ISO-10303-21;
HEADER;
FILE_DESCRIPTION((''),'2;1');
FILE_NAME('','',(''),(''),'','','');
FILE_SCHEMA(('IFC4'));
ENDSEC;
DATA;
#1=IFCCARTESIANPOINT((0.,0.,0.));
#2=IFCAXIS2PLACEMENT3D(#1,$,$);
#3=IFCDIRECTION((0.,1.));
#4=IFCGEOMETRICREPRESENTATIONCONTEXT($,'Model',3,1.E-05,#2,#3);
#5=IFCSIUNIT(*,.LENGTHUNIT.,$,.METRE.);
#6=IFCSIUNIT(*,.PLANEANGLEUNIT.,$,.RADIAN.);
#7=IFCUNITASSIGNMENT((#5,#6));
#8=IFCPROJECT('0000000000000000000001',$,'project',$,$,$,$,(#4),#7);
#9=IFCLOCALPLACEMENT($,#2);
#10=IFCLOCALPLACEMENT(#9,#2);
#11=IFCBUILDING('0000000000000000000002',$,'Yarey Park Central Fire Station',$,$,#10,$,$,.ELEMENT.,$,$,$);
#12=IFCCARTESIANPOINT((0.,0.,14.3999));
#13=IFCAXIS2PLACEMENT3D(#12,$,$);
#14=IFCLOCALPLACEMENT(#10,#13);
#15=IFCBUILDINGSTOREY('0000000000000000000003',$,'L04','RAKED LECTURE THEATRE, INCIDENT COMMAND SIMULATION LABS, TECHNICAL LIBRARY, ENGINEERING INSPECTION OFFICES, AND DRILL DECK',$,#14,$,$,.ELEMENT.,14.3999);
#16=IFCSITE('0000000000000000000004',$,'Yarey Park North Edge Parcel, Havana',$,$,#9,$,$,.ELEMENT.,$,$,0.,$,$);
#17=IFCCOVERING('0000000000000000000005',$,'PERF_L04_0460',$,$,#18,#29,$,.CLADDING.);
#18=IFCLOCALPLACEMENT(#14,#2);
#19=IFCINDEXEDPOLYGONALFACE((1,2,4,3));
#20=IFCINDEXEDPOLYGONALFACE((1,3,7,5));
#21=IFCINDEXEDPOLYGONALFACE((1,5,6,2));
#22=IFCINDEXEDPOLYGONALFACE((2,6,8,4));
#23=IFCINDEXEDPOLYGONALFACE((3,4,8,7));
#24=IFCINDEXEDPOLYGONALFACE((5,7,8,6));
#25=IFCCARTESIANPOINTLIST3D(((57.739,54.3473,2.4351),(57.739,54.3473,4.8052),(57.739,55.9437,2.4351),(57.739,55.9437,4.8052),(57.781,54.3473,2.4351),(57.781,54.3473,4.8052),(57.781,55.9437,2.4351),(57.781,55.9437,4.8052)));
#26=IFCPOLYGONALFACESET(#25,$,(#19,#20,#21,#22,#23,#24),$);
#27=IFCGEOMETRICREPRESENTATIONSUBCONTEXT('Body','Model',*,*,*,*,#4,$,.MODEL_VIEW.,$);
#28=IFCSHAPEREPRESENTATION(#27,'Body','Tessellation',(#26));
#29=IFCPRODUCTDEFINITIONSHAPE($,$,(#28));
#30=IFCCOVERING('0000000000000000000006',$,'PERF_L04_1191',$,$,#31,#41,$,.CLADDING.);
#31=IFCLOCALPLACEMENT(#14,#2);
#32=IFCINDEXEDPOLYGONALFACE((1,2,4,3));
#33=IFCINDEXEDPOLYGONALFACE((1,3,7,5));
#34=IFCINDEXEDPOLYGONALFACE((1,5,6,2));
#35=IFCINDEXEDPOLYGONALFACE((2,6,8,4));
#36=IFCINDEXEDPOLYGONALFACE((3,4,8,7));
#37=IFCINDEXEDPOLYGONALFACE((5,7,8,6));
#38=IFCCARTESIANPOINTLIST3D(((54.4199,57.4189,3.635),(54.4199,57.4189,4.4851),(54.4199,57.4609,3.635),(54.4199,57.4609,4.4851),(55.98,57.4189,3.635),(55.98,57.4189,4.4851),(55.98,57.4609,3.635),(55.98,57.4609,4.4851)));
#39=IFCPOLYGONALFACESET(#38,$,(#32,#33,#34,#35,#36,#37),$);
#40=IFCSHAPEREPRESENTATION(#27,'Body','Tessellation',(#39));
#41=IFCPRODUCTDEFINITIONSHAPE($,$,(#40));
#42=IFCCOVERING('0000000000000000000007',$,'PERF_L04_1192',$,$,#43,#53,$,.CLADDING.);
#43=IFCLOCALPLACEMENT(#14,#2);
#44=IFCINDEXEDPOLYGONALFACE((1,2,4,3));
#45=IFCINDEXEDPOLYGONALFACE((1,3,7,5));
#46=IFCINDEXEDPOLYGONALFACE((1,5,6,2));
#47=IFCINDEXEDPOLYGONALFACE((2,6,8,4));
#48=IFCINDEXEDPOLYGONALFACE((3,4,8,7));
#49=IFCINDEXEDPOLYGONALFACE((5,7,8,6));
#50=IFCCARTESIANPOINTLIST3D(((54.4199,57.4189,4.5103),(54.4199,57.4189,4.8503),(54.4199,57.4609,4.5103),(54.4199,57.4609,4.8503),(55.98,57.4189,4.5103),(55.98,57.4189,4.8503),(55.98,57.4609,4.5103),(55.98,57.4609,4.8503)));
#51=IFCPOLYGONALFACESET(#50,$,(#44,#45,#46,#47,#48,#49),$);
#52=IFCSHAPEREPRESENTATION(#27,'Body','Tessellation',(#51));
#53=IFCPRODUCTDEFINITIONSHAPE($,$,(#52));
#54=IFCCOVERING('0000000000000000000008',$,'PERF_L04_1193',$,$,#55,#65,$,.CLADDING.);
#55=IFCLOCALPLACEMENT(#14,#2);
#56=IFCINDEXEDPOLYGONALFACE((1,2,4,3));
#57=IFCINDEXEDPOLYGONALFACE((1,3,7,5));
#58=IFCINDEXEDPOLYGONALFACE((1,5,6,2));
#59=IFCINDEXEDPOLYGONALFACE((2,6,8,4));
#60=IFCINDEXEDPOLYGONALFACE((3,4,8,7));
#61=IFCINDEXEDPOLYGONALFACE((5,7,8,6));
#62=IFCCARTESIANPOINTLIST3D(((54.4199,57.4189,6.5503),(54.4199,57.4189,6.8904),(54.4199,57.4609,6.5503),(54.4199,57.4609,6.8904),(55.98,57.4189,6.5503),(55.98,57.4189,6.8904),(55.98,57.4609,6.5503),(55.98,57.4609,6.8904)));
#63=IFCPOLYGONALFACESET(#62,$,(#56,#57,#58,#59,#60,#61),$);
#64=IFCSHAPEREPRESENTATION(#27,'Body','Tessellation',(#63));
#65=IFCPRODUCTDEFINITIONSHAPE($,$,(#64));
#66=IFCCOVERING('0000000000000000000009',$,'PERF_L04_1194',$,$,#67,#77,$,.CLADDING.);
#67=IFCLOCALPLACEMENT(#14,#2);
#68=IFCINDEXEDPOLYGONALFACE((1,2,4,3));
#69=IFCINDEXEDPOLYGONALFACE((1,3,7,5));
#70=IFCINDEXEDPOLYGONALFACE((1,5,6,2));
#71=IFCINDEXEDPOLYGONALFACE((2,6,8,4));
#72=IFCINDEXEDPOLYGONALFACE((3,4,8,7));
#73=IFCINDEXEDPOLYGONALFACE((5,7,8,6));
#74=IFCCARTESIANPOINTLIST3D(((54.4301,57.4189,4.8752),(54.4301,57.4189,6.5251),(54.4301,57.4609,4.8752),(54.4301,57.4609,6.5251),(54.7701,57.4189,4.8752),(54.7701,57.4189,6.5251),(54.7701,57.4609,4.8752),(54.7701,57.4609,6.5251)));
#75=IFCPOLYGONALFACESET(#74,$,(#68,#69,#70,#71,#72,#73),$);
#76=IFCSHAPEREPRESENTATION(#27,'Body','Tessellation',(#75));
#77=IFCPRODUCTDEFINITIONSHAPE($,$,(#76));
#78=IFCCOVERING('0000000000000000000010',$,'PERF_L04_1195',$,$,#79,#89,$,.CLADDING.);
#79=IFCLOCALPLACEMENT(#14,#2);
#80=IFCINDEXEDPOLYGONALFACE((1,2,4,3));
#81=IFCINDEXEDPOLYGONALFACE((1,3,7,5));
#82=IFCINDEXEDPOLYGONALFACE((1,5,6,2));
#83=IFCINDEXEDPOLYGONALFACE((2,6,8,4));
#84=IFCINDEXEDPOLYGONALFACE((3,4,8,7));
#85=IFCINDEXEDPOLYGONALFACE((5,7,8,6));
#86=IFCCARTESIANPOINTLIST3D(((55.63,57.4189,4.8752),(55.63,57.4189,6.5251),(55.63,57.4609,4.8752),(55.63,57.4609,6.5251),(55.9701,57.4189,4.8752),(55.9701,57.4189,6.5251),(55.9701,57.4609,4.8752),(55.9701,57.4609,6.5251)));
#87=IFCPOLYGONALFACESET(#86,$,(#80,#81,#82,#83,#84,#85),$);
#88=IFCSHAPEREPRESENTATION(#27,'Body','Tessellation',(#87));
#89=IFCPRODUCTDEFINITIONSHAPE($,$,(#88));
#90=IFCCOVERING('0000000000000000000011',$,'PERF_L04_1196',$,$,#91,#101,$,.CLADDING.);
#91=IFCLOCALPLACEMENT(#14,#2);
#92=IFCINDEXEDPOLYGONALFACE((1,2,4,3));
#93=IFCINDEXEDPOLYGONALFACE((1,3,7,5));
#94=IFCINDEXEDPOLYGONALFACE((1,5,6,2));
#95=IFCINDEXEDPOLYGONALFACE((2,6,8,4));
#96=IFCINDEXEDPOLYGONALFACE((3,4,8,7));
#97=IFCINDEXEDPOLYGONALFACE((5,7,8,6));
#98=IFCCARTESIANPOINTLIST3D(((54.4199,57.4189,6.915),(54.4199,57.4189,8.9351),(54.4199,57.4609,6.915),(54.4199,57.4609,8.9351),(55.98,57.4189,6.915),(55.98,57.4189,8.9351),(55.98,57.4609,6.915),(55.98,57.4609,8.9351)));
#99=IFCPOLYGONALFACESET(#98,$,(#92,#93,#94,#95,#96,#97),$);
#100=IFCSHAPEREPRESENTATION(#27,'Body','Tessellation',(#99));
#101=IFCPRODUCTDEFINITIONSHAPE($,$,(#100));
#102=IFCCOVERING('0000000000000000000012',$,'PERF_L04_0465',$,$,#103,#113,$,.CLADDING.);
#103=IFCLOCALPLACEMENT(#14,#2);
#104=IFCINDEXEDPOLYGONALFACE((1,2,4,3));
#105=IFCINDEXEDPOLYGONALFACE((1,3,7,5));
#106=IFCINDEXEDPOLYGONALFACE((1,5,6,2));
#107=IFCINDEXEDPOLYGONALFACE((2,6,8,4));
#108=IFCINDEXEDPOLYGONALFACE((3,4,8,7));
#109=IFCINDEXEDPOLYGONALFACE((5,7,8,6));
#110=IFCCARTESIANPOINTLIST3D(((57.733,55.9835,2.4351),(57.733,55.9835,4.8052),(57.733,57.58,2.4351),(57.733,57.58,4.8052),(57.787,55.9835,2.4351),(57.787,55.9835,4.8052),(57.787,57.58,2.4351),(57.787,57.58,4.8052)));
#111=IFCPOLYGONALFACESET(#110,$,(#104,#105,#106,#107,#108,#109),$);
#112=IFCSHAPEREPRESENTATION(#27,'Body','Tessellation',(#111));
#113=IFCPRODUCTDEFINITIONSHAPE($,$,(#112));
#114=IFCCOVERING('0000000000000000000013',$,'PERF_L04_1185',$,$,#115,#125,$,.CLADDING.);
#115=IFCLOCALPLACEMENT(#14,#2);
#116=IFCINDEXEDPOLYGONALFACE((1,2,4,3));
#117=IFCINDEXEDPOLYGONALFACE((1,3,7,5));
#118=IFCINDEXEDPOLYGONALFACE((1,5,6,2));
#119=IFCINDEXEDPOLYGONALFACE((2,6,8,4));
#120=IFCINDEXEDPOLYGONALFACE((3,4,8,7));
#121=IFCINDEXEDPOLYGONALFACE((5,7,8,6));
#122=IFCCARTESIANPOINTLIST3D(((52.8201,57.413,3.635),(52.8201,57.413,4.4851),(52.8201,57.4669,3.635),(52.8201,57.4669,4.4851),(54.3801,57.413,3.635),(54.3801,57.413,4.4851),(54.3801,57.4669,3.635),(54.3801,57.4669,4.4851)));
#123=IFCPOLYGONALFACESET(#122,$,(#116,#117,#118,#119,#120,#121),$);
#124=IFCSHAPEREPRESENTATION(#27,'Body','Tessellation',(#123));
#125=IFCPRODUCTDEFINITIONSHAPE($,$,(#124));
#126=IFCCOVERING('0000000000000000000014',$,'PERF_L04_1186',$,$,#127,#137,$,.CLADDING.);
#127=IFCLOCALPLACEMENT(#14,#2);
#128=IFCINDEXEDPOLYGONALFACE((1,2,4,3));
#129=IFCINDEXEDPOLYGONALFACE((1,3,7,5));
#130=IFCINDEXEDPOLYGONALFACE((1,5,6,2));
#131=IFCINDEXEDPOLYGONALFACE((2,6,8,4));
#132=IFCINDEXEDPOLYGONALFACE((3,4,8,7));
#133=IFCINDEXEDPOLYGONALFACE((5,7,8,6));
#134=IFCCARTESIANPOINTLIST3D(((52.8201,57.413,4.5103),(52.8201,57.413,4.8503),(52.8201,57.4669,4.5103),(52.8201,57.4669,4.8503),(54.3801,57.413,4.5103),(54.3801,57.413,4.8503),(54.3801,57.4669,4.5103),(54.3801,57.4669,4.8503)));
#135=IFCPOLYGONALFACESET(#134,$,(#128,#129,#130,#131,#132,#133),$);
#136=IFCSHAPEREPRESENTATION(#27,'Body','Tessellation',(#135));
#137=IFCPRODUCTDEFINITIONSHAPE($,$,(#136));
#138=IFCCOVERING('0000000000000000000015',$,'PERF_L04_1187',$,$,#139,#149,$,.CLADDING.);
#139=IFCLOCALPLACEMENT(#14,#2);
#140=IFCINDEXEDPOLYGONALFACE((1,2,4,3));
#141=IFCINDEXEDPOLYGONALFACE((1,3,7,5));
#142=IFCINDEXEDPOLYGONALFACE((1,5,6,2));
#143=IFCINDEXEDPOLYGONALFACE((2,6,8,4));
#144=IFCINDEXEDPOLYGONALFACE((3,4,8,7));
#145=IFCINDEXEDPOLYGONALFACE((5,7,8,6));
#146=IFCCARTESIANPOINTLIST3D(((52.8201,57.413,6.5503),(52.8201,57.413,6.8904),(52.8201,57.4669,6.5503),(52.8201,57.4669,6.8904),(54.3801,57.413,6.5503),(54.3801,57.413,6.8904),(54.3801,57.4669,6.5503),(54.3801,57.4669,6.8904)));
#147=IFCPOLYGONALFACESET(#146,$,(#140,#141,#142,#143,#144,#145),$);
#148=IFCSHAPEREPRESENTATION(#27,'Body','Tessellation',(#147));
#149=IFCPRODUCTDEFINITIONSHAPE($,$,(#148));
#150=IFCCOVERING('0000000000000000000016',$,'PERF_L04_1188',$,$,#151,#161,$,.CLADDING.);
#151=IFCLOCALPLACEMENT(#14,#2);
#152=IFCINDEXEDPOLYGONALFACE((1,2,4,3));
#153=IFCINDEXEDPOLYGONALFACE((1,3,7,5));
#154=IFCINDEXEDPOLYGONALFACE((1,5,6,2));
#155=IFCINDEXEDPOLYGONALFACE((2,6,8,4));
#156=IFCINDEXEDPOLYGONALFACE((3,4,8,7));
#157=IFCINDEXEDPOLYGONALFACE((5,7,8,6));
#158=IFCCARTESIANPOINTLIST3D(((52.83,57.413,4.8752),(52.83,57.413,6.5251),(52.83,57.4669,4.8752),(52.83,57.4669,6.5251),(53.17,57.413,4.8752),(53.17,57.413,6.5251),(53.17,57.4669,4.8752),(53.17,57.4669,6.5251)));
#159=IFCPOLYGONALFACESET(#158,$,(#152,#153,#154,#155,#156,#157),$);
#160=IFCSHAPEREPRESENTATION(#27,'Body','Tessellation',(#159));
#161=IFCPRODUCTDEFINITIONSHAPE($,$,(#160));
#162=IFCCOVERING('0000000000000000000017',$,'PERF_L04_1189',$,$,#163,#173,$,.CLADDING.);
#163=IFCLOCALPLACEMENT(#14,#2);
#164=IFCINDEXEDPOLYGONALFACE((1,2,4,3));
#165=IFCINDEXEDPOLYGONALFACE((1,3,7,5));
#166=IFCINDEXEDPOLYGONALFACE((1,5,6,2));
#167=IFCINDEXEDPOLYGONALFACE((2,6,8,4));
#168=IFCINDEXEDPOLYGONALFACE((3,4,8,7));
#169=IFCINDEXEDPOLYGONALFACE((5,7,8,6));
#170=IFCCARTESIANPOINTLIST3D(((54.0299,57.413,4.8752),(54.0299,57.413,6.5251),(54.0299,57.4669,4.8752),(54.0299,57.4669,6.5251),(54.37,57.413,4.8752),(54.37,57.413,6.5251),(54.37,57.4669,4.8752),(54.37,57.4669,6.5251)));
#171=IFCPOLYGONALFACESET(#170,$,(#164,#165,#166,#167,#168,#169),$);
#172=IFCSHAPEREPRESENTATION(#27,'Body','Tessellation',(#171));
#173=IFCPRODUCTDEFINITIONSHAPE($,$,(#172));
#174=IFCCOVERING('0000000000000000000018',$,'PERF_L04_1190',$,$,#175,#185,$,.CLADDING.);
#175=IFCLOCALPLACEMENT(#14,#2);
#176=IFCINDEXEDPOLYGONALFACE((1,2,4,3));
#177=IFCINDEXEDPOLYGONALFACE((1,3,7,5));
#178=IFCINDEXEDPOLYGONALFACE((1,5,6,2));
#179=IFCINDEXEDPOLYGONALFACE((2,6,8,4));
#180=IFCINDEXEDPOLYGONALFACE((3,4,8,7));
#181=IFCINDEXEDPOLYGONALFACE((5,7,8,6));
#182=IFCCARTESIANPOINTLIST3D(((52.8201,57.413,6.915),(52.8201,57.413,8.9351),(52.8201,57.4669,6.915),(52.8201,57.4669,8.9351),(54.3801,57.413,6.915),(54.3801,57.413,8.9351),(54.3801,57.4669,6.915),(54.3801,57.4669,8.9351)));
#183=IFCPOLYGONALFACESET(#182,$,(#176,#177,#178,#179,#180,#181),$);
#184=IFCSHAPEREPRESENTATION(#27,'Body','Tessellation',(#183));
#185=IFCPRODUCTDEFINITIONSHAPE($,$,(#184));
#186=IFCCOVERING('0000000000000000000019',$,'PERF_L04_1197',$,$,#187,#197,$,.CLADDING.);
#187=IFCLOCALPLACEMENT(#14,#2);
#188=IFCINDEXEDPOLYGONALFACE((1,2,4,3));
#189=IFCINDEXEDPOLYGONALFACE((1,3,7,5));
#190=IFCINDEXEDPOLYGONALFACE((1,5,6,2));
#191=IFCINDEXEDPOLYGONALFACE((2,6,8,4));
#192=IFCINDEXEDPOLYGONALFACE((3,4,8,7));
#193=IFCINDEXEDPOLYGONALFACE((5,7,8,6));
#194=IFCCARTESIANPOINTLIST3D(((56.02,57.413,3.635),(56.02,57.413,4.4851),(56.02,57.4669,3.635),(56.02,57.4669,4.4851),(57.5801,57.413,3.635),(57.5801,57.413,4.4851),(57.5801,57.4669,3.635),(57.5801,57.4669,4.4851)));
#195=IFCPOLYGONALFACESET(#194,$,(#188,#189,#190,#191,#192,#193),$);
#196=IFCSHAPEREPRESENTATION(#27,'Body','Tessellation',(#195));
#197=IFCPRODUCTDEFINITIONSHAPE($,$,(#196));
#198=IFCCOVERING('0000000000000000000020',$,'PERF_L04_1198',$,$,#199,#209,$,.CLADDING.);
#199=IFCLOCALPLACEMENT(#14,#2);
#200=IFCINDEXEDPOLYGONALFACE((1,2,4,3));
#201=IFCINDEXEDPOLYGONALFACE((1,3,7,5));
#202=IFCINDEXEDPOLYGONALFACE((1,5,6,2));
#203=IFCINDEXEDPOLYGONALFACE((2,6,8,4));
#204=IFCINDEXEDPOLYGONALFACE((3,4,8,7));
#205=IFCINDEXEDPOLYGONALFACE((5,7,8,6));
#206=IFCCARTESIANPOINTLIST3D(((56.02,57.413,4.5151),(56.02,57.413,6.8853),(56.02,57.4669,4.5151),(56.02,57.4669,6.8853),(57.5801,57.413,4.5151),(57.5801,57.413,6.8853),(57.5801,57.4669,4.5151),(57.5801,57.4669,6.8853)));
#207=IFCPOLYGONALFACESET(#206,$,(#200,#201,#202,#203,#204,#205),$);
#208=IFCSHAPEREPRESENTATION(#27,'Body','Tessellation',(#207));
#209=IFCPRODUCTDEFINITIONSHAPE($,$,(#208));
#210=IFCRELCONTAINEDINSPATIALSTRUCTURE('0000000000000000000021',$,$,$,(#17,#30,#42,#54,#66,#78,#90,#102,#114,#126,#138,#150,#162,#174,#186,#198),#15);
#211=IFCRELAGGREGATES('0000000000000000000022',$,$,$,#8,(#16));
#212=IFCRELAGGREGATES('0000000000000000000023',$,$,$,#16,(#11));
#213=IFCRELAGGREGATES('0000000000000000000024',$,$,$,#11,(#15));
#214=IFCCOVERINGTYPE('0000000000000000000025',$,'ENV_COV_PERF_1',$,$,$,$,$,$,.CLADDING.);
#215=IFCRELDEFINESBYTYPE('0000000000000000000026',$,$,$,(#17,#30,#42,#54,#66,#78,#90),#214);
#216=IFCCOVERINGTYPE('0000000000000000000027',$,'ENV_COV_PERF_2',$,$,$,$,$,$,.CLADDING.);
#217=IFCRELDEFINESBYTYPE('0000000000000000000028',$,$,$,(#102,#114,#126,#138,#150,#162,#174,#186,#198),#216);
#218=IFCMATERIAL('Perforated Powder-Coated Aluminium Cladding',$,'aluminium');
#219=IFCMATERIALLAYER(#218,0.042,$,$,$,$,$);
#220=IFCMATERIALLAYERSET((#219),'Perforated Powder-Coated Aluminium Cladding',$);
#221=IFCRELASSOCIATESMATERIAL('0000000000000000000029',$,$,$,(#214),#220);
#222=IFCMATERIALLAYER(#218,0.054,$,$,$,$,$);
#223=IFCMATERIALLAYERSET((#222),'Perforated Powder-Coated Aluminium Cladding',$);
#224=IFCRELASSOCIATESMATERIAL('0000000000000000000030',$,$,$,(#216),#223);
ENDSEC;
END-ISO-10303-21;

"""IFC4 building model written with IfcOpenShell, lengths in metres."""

from ifc_helpers import new_model, si_unit, direction, frame, origin, origin_2d, place, context, subcontext, project, spatial, rectangle, extrude, material, layer, layer_set, type_object, element, save


model = new_model("IFC4")

# Units and contexts
model_context = context("Model", 3, precision=1e-05, world=origin(), true_north=direction((0.0, 1.0)))
body_context = subcontext(model_context, "Body", "Model", "MODEL_VIEW")
ifc_project = project(units=[si_unit("LENGTHUNIT", "METRE"), si_unit("PLANEANGLEUNIT", "RADIAN")], contexts=[model_context])

# Site, building, storey
site_placement = place(None, origin())
site = spatial("IfcSite", under=ifc_project, at=site_placement, Name="Yarey Park North Edge Parcel, Havana", CompositionType="ELEMENT", RefElevation=0.0)
building_placement = place(site_placement, origin())
building = spatial("IfcBuilding", under=site, at=building_placement, Name="Yarey Park Central Fire Station", CompositionType="ELEMENT")
storey_placement = place(building_placement, frame((0.0, 0.0, 14.3999)))
storey = spatial("IfcBuildingStorey", under=building, at=storey_placement, Name="L04", Description="RAKED LECTURE THEATRE, INCIDENT COMMAND SIMULATION LABS, TECHNICAL LIBRARY, ENGINEERING INSPECTION OFFICES, AND DRILL DECK", CompositionType="ELEMENT", Elevation=14.3999)

# Coverings
ifc_material_1 = material(Name="Perforated Powder-Coated Aluminium Cladding", Category="aluminium")
ifc_layer_1 = layer(ifc_material_1, 0.042)
ifc_layer_set_1 = layer_set([ifc_layer_1], Name="Perforated Powder-Coated Aluminium Cladding")
covering_type_1 = type_object("IfcCoveringType", Name="ENV_COV_PERF_1", PredefinedType="CLADDING", material=ifc_layer_set_1)
covering_1_placement = place(storey_placement, frame((57.76, 55.1455, 2.4351), z_axis=(0.0, 0.0, 1.0), x_axis=(0.0, 1.0, 0.0)))
element("IfcCovering", 1, at=covering_1_placement, inside=storey, type_object=covering_type_1, Name="PERF_L04_0460", PredefinedType="CLADDING", context=body_context, shape_type="SweptSolid", body=[
    extrude(rectangle(XDim=1.5964, YDim=0.042, at=origin_2d()), origin(), (0.0, 0.0, 1.0), 2.3701),
])
covering_2_placement = place(storey_placement, frame((55.2, 57.4399, 3.635), z_axis=(0.0, 0.0, 1.0), x_axis=(1.0, 0.0, 0.0)))
element("IfcCovering", 2, at=covering_2_placement, inside=storey, type_object=covering_type_1, Name="PERF_L04_1191", PredefinedType="CLADDING", context=body_context, shape_type="SweptSolid", body=[
    extrude(rectangle(XDim=1.5601, YDim=0.042, at=origin_2d()), origin(), (0.0, 0.0, 1.0), 0.8501),
])
for number, where, z_axis, x_axis, name in (
    (3, (55.2, 57.4399, 4.5103), (0.0, 0.0, 1.0), (1.0, 0.0, 0.0), "PERF_L04_1192"),
    (4, (55.2, 57.4399, 6.5503), (0.0, 0.0, 1.0), (1.0, 0.0, 0.0), "PERF_L04_1193"),
):
    element("IfcCovering", number, at=place(storey_placement, frame(where, z_axis=z_axis, x_axis=x_axis)), inside=storey, type_object=covering_type_1, Name=name, PredefinedType="CLADDING", context=body_context, shape_type="SweptSolid", body=[
        extrude(rectangle(XDim=1.5601, YDim=0.042, at=origin_2d()), origin(), (0.0, 0.0, 1.0), 0.3401),
    ])
for number, where, z_axis, x_axis, name in (
    (5, (54.6001, 57.4399, 4.8752), (0.0, 0.0, 1.0), (1.0, 0.0, 0.0), "PERF_L04_1194"),
    (6, (55.8, 57.4399, 4.8752), (0.0, 0.0, 1.0), (1.0, 0.0, 0.0), "PERF_L04_1195"),
):
    element("IfcCovering", number, at=place(storey_placement, frame(where, z_axis=z_axis, x_axis=x_axis)), inside=storey, type_object=covering_type_1, Name=name, PredefinedType="CLADDING", context=body_context, shape_type="SweptSolid", body=[
        extrude(rectangle(XDim=0.3401, YDim=0.042, at=origin_2d()), origin(), (0.0, 0.0, 1.0), 1.6499),
    ])
covering_3_placement = place(storey_placement, frame((55.2, 57.4399, 6.915), z_axis=(0.0, 0.0, 1.0), x_axis=(1.0, 0.0, 0.0)))
element("IfcCovering", 7, at=covering_3_placement, inside=storey, type_object=covering_type_1, Name="PERF_L04_1196", PredefinedType="CLADDING", context=body_context, shape_type="SweptSolid", body=[
    extrude(rectangle(XDim=1.5601, YDim=0.042, at=origin_2d()), origin(), (0.0, 0.0, 1.0), 2.02),
])
ifc_layer_2 = layer(ifc_material_1, 0.054)
ifc_layer_set_2 = layer_set([ifc_layer_2], Name="Perforated Powder-Coated Aluminium Cladding")
covering_type_2 = type_object("IfcCoveringType", Name="ENV_COV_PERF_2", PredefinedType="CLADDING", material=ifc_layer_set_2)
covering_4_placement = place(storey_placement, frame((57.76, 56.7817, 2.4351), z_axis=(0.0, 0.0, 1.0), x_axis=(0.0, 1.0, 0.0)))
element("IfcCovering", 8, at=covering_4_placement, inside=storey, type_object=covering_type_2, Name="PERF_L04_0465", PredefinedType="CLADDING", context=body_context, shape_type="SweptSolid", body=[
    extrude(rectangle(XDim=1.5964, YDim=0.054, at=origin_2d()), origin(), (0.0, 0.0, 1.0), 2.3701),
])
covering_5_placement = place(storey_placement, frame((53.6001, 57.4399, 3.635), z_axis=(0.0, 0.0, 1.0), x_axis=(1.0, 0.0, 0.0)))
element("IfcCovering", 9, at=covering_5_placement, inside=storey, type_object=covering_type_2, Name="PERF_L04_1185", PredefinedType="CLADDING", context=body_context, shape_type="SweptSolid", body=[
    extrude(rectangle(XDim=1.5601, YDim=0.054, at=origin_2d()), origin(), (0.0, 0.0, 1.0), 0.8501),
])
for number, where, z_axis, x_axis, name in (
    (10, (53.6001, 57.4399, 4.5103), (0.0, 0.0, 1.0), (1.0, 0.0, 0.0), "PERF_L04_1186"),
    (11, (53.6001, 57.4399, 6.5503), (0.0, 0.0, 1.0), (1.0, 0.0, 0.0), "PERF_L04_1187"),
):
    element("IfcCovering", number, at=place(storey_placement, frame(where, z_axis=z_axis, x_axis=x_axis)), inside=storey, type_object=covering_type_2, Name=name, PredefinedType="CLADDING", context=body_context, shape_type="SweptSolid", body=[
        extrude(rectangle(XDim=1.5601, YDim=0.054, at=origin_2d()), origin(), (0.0, 0.0, 1.0), 0.3401),
    ])
for number, where, z_axis, x_axis, name in (
    (12, (53.0, 57.4399, 4.8752), (0.0, 0.0, 1.0), (1.0, 0.0, 0.0), "PERF_L04_1188"),
    (13, (54.2, 57.4399, 4.8752), (0.0, 0.0, 1.0), (1.0, 0.0, 0.0), "PERF_L04_1189"),
):
    element("IfcCovering", number, at=place(storey_placement, frame(where, z_axis=z_axis, x_axis=x_axis)), inside=storey, type_object=covering_type_2, Name=name, PredefinedType="CLADDING", context=body_context, shape_type="SweptSolid", body=[
        extrude(rectangle(XDim=0.3401, YDim=0.054, at=origin_2d()), origin(), (0.0, 0.0, 1.0), 1.6499),
    ])
covering_6_placement = place(storey_placement, frame((53.6001, 57.4399, 6.915), z_axis=(0.0, 0.0, 1.0), x_axis=(1.0, 0.0, 0.0)))
element("IfcCovering", 14, at=covering_6_placement, inside=storey, type_object=covering_type_2, Name="PERF_L04_1190", PredefinedType="CLADDING", context=body_context, shape_type="SweptSolid", body=[
    extrude(rectangle(XDim=1.5601, YDim=0.054, at=origin_2d()), origin(), (0.0, 0.0, 1.0), 2.02),
])
covering_7_placement = place(storey_placement, frame((56.8, 57.4399, 3.635), z_axis=(0.0, 0.0, 1.0), x_axis=(1.0, 0.0, 0.0)))
element("IfcCovering", 15, at=covering_7_placement, inside=storey, type_object=covering_type_2, Name="PERF_L04_1197", PredefinedType="CLADDING", context=body_context, shape_type="SweptSolid", body=[
    extrude(rectangle(XDim=1.5601, YDim=0.054, at=origin_2d()), origin(), (0.0, 0.0, 1.0), 0.8501),
])
covering_8_placement = place(storey_placement, frame((56.8, 57.4399, 4.5151), z_axis=(0.0, 0.0, 1.0), x_axis=(1.0, 0.0, 0.0)))
element("IfcCovering", 16, at=covering_8_placement, inside=storey, type_object=covering_type_2, Name="PERF_L04_1198", PredefinedType="CLADDING", context=body_context, shape_type="SweptSolid", body=[
    extrude(rectangle(XDim=1.5601, YDim=0.054, at=origin_2d()), origin(), (0.0, 0.0, 1.0), 2.3701),
])

save(model, "model.ifc")
